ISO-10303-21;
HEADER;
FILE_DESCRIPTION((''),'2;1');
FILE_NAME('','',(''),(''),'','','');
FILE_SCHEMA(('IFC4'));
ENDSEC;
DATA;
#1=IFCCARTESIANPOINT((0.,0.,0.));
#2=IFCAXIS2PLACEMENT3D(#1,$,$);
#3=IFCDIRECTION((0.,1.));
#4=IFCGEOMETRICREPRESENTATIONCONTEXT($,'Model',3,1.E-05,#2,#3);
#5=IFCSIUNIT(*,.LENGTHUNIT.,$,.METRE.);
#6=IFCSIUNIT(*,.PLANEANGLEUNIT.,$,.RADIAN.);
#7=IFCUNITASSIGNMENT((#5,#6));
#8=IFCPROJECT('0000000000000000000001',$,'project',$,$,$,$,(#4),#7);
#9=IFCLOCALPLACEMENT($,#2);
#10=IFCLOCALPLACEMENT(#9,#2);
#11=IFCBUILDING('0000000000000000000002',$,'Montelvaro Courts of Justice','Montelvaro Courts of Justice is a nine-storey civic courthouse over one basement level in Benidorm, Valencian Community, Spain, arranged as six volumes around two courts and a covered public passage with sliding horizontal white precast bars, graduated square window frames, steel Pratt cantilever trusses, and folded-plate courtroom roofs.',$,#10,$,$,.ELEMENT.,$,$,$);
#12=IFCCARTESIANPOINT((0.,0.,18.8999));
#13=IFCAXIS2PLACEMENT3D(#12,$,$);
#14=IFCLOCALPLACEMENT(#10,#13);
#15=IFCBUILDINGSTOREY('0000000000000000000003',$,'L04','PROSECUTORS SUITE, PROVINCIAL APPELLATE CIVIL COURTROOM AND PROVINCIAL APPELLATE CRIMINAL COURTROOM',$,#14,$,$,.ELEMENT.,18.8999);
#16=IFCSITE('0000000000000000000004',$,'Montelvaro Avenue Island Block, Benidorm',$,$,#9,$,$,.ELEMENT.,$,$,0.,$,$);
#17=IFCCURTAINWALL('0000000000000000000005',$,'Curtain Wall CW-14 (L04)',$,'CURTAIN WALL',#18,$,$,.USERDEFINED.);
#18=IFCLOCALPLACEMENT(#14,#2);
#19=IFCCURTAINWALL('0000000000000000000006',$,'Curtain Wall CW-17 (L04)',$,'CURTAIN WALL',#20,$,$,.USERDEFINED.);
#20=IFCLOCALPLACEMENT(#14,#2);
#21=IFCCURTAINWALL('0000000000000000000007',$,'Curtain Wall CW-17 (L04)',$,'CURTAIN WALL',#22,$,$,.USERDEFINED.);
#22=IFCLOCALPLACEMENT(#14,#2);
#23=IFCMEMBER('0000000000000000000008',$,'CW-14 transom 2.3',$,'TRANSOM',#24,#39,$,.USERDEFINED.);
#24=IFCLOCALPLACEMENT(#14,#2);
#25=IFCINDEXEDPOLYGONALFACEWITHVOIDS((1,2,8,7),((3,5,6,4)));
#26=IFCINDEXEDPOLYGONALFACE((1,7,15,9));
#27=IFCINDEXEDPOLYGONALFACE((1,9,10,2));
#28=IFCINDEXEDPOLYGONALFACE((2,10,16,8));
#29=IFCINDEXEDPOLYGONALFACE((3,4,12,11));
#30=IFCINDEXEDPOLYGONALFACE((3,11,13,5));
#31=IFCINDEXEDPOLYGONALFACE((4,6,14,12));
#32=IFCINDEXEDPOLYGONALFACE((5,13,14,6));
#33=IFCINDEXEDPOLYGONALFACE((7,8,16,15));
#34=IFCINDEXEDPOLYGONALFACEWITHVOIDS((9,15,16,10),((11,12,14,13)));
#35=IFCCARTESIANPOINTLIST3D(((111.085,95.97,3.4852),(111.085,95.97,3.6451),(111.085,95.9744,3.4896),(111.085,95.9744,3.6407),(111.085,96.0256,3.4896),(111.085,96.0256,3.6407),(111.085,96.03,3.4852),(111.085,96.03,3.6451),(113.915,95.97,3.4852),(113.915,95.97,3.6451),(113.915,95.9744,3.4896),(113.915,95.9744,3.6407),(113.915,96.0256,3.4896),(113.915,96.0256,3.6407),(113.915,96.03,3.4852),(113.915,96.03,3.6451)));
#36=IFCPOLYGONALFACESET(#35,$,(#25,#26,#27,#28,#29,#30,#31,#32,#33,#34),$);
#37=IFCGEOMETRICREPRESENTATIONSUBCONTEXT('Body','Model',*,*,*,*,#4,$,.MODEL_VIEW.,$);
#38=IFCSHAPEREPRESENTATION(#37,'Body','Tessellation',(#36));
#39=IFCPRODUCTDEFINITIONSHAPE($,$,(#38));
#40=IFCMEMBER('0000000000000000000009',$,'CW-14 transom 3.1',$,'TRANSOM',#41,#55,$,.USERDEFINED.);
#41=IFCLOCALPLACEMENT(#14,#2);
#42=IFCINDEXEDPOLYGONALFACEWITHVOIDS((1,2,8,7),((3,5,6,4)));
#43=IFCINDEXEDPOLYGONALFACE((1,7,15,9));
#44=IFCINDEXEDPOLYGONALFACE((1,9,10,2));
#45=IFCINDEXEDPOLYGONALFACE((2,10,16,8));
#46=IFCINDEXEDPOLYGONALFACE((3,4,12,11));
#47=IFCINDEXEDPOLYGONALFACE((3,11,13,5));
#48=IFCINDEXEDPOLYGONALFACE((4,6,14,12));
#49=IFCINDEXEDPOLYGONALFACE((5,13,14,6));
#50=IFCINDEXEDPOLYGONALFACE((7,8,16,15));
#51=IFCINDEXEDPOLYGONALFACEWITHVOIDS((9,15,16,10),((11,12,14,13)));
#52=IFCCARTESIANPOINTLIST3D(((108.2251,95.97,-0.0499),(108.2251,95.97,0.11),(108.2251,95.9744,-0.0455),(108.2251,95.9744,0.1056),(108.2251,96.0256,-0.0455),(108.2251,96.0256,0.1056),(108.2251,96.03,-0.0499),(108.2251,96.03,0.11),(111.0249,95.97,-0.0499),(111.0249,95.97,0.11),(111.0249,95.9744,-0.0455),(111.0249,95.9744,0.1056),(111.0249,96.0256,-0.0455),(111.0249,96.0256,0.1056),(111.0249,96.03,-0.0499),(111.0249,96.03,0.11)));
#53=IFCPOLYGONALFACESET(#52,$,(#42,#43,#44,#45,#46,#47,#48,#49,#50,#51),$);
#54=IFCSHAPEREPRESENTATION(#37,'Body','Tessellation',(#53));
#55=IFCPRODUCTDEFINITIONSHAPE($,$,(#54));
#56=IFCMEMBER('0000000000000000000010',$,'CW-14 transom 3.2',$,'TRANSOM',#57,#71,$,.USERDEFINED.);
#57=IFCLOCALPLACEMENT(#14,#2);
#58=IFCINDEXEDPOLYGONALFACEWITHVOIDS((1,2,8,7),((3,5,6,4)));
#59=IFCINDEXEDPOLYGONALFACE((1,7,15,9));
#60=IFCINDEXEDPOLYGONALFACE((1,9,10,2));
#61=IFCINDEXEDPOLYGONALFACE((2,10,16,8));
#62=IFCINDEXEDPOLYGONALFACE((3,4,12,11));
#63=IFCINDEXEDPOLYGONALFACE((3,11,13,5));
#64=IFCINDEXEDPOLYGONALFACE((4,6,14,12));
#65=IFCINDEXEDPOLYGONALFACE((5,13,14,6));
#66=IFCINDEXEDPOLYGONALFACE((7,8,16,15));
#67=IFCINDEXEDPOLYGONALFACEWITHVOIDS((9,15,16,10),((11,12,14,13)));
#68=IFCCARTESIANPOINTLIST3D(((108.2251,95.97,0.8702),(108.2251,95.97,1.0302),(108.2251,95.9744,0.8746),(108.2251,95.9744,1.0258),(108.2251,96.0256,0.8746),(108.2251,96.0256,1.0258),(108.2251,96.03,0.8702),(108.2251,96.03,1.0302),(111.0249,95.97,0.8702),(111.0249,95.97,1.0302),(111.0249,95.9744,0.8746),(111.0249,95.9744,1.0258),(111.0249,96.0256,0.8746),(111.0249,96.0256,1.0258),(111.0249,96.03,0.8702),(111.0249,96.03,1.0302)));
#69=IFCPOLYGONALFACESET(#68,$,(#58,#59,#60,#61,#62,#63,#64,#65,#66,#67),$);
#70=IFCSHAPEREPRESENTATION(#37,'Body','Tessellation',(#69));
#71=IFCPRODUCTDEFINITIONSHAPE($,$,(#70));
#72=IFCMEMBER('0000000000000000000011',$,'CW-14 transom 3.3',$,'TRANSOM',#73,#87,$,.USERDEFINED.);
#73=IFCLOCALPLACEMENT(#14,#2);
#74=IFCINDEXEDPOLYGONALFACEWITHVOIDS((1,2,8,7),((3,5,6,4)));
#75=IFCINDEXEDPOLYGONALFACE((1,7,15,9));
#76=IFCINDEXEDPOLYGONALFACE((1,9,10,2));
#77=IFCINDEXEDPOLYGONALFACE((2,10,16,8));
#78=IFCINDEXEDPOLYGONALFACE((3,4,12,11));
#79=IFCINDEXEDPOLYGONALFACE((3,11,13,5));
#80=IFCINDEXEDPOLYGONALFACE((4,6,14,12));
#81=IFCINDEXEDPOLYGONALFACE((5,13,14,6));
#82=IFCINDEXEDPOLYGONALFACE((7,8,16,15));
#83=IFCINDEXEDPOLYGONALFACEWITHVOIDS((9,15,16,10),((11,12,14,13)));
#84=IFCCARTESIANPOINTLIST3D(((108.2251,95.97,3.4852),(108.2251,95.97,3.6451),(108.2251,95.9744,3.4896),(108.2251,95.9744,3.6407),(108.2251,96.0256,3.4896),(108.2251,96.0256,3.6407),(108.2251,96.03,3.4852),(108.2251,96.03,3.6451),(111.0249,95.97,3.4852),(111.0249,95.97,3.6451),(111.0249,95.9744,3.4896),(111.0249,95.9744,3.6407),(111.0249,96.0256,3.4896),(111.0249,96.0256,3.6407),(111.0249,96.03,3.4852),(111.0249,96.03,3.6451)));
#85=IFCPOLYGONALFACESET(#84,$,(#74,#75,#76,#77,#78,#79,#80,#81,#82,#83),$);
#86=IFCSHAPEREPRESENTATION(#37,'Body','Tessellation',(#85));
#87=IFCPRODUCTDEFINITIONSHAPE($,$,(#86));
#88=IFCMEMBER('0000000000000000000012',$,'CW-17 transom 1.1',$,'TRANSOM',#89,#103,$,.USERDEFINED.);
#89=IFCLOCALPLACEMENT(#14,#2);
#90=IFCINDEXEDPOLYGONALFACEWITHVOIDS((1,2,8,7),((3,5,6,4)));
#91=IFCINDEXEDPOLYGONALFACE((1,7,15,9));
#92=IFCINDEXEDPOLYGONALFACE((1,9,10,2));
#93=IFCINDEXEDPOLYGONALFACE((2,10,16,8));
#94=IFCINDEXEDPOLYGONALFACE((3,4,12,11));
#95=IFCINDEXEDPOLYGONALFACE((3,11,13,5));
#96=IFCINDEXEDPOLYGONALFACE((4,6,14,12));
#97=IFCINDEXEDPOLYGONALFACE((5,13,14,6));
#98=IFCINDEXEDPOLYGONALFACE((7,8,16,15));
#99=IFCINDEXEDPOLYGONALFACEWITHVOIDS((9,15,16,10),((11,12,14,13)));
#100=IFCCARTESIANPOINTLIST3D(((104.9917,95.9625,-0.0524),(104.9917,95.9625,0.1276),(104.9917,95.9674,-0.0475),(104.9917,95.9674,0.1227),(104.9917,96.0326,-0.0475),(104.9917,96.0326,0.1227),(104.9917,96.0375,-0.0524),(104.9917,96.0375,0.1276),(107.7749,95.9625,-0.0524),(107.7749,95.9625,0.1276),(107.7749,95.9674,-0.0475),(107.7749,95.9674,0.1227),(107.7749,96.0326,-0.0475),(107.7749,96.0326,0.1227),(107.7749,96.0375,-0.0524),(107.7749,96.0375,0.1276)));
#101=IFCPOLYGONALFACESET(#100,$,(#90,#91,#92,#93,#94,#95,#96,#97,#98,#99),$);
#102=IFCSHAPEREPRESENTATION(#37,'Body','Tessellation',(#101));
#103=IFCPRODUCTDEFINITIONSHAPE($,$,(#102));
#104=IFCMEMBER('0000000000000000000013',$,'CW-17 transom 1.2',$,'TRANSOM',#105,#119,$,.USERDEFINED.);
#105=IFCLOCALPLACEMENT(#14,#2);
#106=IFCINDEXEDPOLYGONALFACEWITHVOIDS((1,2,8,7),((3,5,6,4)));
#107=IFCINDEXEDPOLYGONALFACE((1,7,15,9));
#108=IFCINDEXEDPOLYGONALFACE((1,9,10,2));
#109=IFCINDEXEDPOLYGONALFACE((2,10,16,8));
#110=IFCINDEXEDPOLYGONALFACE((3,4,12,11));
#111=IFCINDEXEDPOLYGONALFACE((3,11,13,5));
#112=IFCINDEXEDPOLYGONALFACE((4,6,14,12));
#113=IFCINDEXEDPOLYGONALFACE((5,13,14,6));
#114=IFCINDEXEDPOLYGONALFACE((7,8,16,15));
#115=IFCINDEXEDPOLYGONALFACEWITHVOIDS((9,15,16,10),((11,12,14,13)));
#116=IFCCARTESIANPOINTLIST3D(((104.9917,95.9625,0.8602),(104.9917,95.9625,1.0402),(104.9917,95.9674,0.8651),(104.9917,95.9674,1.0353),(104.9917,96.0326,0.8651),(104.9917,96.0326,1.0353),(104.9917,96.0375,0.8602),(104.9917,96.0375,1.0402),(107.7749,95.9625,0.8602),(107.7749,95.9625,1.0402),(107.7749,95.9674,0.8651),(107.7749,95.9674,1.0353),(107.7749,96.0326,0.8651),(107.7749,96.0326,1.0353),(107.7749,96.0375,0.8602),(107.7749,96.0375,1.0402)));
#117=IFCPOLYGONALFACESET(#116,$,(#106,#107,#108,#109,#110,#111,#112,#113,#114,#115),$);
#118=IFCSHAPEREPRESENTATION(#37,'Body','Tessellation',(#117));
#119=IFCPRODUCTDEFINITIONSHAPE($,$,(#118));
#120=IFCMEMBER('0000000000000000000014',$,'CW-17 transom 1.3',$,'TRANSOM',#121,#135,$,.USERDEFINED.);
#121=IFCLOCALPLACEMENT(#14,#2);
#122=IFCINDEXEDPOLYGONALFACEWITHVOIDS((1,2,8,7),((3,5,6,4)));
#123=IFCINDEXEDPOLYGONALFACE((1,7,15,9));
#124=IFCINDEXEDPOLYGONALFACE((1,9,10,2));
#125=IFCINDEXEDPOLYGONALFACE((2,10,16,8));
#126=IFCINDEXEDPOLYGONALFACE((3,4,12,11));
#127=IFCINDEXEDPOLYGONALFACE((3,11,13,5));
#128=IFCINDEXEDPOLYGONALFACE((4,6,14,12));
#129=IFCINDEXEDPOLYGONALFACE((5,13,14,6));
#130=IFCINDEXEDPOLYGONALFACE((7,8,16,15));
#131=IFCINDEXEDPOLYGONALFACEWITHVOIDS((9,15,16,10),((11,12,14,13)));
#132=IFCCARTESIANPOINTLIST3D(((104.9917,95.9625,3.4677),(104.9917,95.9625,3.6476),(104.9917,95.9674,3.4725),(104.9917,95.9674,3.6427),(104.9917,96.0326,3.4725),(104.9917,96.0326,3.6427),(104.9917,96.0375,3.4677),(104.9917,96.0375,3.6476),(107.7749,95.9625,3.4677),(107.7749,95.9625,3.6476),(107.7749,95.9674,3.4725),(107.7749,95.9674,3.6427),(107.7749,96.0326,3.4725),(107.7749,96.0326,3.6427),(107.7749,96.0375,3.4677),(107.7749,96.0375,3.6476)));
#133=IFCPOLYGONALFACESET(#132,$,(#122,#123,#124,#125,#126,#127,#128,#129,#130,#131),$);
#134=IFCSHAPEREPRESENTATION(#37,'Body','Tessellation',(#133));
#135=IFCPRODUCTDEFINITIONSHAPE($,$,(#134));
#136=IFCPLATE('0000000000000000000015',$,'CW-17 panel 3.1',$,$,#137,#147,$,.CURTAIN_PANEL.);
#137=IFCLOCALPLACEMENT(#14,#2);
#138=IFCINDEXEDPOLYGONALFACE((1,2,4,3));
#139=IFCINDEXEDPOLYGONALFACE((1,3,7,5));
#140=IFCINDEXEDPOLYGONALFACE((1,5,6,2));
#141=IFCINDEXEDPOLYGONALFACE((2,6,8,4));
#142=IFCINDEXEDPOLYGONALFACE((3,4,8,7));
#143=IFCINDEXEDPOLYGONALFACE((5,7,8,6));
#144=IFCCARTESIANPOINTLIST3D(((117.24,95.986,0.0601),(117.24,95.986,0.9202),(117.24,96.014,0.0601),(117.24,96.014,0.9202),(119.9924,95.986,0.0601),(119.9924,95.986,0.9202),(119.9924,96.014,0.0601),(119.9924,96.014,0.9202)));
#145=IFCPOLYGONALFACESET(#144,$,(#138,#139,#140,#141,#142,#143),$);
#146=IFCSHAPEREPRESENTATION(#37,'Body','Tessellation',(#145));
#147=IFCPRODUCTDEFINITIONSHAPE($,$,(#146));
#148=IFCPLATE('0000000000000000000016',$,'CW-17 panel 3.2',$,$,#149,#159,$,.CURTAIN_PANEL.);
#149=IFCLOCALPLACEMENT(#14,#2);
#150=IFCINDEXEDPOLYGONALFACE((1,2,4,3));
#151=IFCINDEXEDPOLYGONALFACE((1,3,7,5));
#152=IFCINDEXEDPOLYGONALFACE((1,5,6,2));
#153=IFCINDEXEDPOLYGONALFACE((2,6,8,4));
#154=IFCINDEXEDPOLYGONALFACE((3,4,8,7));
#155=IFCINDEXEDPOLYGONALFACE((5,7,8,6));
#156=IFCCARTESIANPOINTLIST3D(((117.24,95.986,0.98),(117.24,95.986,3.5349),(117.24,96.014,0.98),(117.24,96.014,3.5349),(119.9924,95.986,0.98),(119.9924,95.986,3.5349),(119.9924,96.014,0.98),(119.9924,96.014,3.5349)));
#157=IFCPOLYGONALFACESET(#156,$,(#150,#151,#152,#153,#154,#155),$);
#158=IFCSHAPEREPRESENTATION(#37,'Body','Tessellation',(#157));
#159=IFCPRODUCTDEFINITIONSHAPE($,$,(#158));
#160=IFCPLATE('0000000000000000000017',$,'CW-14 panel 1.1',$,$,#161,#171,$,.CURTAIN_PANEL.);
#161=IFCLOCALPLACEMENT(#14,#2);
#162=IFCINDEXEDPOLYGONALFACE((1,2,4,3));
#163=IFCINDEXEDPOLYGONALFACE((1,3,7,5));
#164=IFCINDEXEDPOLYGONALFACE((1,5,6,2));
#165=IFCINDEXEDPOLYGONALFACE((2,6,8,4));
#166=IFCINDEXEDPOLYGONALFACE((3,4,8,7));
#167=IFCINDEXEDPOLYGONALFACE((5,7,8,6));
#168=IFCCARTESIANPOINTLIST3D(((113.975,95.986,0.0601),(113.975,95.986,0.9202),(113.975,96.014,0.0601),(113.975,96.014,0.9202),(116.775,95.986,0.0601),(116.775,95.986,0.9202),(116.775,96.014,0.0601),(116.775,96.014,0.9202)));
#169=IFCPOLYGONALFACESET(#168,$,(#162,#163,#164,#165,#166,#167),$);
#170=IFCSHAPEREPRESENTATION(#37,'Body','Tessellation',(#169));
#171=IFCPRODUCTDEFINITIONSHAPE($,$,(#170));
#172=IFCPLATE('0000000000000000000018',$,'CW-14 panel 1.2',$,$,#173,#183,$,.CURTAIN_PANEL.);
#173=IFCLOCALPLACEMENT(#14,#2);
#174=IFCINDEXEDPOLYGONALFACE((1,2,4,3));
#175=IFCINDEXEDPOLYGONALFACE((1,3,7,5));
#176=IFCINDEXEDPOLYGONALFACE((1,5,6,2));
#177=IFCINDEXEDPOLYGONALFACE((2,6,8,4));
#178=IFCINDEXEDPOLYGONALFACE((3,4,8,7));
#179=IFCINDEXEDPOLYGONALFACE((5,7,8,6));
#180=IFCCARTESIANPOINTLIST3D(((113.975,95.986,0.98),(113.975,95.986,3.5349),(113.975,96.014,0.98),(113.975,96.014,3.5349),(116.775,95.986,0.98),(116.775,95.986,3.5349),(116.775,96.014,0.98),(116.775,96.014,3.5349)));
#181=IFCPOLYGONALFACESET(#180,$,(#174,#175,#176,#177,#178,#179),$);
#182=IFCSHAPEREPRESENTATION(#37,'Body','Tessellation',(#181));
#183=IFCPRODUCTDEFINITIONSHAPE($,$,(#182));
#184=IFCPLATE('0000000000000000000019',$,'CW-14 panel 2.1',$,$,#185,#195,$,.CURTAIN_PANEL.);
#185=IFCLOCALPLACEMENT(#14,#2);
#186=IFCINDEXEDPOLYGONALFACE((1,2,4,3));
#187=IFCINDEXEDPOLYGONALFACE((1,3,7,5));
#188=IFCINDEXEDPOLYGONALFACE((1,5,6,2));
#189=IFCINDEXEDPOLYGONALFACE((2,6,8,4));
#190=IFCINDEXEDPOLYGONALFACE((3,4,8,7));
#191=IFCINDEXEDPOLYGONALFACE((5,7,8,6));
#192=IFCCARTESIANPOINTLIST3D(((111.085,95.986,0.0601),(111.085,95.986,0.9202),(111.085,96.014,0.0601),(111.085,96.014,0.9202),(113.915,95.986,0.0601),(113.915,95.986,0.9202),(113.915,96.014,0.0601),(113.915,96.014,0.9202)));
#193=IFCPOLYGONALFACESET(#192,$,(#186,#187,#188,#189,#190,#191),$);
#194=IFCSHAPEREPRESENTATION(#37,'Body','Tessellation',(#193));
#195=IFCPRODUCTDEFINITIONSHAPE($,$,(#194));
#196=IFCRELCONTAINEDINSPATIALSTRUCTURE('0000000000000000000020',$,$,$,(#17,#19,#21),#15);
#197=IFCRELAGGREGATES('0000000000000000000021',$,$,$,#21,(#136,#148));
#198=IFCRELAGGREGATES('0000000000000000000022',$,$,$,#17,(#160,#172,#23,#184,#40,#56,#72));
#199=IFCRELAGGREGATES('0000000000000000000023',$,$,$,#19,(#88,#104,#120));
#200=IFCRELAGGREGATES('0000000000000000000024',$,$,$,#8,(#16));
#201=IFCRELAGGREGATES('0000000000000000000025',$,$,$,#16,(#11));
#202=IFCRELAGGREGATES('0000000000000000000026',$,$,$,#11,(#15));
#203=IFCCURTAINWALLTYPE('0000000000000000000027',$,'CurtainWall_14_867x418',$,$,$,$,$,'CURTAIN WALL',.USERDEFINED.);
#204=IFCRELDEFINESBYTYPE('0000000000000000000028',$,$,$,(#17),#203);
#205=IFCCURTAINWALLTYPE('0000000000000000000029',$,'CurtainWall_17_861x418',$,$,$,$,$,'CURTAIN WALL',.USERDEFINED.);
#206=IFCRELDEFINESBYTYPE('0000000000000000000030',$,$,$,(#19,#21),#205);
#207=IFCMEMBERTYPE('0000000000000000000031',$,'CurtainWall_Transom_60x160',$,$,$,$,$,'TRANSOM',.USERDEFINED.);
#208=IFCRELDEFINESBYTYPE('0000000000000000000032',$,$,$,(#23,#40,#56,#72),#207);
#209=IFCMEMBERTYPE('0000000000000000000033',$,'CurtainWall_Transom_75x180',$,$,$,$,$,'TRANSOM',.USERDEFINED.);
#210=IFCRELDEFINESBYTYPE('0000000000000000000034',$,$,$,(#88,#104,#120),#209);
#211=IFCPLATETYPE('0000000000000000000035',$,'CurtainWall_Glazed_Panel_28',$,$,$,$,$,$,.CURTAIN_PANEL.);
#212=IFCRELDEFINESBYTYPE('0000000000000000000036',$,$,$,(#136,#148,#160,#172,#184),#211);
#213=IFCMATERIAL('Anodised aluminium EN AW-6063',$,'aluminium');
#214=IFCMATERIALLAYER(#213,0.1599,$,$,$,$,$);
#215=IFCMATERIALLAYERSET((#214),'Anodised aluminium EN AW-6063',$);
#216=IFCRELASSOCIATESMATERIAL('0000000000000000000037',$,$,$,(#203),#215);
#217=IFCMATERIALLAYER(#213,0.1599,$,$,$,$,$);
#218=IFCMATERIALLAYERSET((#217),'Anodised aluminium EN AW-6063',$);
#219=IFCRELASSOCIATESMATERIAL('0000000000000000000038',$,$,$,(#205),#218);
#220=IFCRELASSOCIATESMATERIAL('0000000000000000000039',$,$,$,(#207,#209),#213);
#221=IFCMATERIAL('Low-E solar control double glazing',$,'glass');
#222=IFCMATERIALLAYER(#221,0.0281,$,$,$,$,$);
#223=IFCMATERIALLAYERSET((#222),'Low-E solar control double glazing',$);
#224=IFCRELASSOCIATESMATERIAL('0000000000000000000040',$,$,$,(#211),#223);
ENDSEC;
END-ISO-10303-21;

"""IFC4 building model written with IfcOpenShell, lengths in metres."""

from ifc_helpers import new_model, si_unit, direction, frame, origin, origin_2d, place, context, subcontext, project, spatial, rectangle, hollow_rectangle, extrude, material, layer, layer_set, material_profile, profile_set, type_object, element, aggregate, save


model = new_model("IFC4")

# Units and contexts
model_context = context("Model", 3, precision=1e-05, world=origin(), true_north=direction((0.0, 1.0)))
body_context = subcontext(model_context, "Body", "Model", "MODEL_VIEW")
ifc_project = project(units=[si_unit("LENGTHUNIT", "METRE"), si_unit("PLANEANGLEUNIT", "RADIAN")], contexts=[model_context])

# Site, building, storey
site_placement = place(None, origin())
site = spatial("IfcSite", under=ifc_project, at=site_placement, Name="Montelvaro Avenue Island Block, Benidorm", CompositionType="ELEMENT", RefElevation=0.0)
building_placement = place(site_placement, origin())
building = spatial("IfcBuilding", under=site, at=building_placement, Name="Montelvaro Courts of Justice", Description="Montelvaro Courts of Justice is a nine-storey civic courthouse over one basement level in Benidorm, Valencian Community, Spain, arranged as six volumes around two courts and a covered public passage with sliding horizontal white precast bars, graduated square window frames, steel Pratt cantilever trusses, and folded-plate courtroom roofs.", CompositionType="ELEMENT")
storey_placement = place(building_placement, frame((0.0, 0.0, 18.8999)))
storey = spatial("IfcBuildingStorey", under=building, at=storey_placement, Name="L04", Description="PROSECUTORS SUITE, PROVINCIAL APPELLATE CIVIL COURTROOM AND PROVINCIAL APPELLATE CRIMINAL COURTROOM", CompositionType="ELEMENT", Elevation=18.8999)

# Curtain wall
ifc_material_1 = material(Name="Anodised aluminium EN AW-6063", Category="aluminium")
ifc_layer_1 = layer(ifc_material_1, 0.1599)
ifc_layer_set_1 = layer_set([ifc_layer_1], Name="Anodised aluminium EN AW-6063")
curtain_wall_type_1 = type_object("IfcCurtainWallType", Name="CurtainWall_14_867x418", ElementType="CURTAIN WALL", PredefinedType="USERDEFINED", material=ifc_layer_set_1)
curtain_wall_1_placement = place(storey_placement, origin())
curtain_wall_1 = element("IfcCurtainWall", 1, at=curtain_wall_1_placement, inside=storey, type_object=curtain_wall_type_1, Name="Curtain Wall CW-14 (L04)", ObjectType="CURTAIN WALL", PredefinedType="USERDEFINED")

# Curtain wall
ifc_layer_2 = layer(ifc_material_1, 0.1599)
ifc_layer_set_2 = layer_set([ifc_layer_2], Name="Anodised aluminium EN AW-6063")
curtain_wall_type_2 = type_object("IfcCurtainWallType", Name="CurtainWall_17_861x418", ElementType="CURTAIN WALL", PredefinedType="USERDEFINED", material=ifc_layer_set_2)
curtain_wall_2_placement = place(storey_placement, origin())
curtain_wall_2 = element("IfcCurtainWall", 2, at=curtain_wall_2_placement, inside=storey, type_object=curtain_wall_type_2, Name="Curtain Wall CW-17 (L04)", ObjectType="CURTAIN WALL", PredefinedType="USERDEFINED")

# Curtain wall
curtain_wall_3_placement = place(storey_placement, origin())
curtain_wall_3 = element("IfcCurtainWall", 3, at=curtain_wall_3_placement, inside=storey, type_object=curtain_wall_type_2, Name="Curtain Wall CW-17 (L04)", ObjectType="CURTAIN WALL", PredefinedType="USERDEFINED")

# Members
ifc_material_profile_1 = material_profile(ifc_material_1, hollow_rectangle(XDim=0.0601, YDim=0.1599, WallThickness=0.0044, at=origin_2d()), Name="ALU-T 60x160")
ifc_profile_set_1 = profile_set([ifc_material_profile_1], Name="Anodised aluminium EN AW-6063")
member_type_1 = type_object("IfcMemberType", Name="CurtainWall_Transom_60x160", ElementType="TRANSOM", PredefinedType="USERDEFINED", material=ifc_profile_set_1)
member_1_placement = place(storey_placement, frame((113.915, 96.0, 3.5652), z_axis=(-1.0, 0.0, 0.0), x_axis=(0.0, -1.0, 0.0)))
member_1 = element("IfcMember", 4, at=member_1_placement, type_object=member_type_1, Name="CW-14 transom 2.3", ObjectType="TRANSOM", PredefinedType="USERDEFINED", context=body_context, shape_type="SweptSolid", body=[
    extrude(hollow_rectangle(XDim=0.0601, YDim=0.1599, WallThickness=0.0044, at=origin_2d()), origin(), (0.0, 0.0, 1.0), 2.8301),
])
member_2_placement = place(storey_placement, frame((111.0249, 96.0, 0.03), z_axis=(-1.0, 0.0, 0.0), x_axis=(0.0, -1.0, 0.0)))
member_2 = element("IfcMember", 5, at=member_2_placement, type_object=member_type_1, Name="CW-14 transom 3.1", ObjectType="TRANSOM", PredefinedType="USERDEFINED", context=body_context, shape_type="SweptSolid", body=[
    extrude(hollow_rectangle(XDim=0.0601, YDim=0.1599, WallThickness=0.0044, at=origin_2d()), origin(), (0.0, 0.0, 1.0), 2.7998),
])
member_3_placement = place(storey_placement, frame((111.0249, 96.0, 0.9502), z_axis=(-1.0, 0.0, 0.0), x_axis=(0.0, -1.0, 0.0)))
member_3 = element("IfcMember", 6, at=member_3_placement, type_object=member_type_1, Name="CW-14 transom 3.2", ObjectType="TRANSOM", PredefinedType="USERDEFINED", context=body_context, shape_type="SweptSolid", body=[
    extrude(hollow_rectangle(XDim=0.0601, YDim=0.1599, WallThickness=0.0044, at=origin_2d()), origin(), (0.0, 0.0, 1.0), 2.7998),
])
member_4_placement = place(storey_placement, frame((111.0249, 96.0, 3.5652), z_axis=(-1.0, 0.0, 0.0), x_axis=(0.0, -1.0, 0.0)))
member_4 = element("IfcMember", 7, at=member_4_placement, type_object=member_type_1, Name="CW-14 transom 3.3", ObjectType="TRANSOM", PredefinedType="USERDEFINED", context=body_context, shape_type="SweptSolid", body=[
    extrude(hollow_rectangle(XDim=0.0601, YDim=0.1599, WallThickness=0.0044, at=origin_2d()), origin(), (0.0, 0.0, 1.0), 2.7998),
])
ifc_material_profile_2 = material_profile(ifc_material_1, hollow_rectangle(XDim=0.075, YDim=0.1799, WallThickness=0.0049, at=origin_2d()), Name="ALU-T 75x180")
ifc_profile_set_2 = profile_set([ifc_material_profile_2], Name="Anodised aluminium EN AW-6063")
member_type_2 = type_object("IfcMemberType", Name="CurtainWall_Transom_75x180", ElementType="TRANSOM", PredefinedType="USERDEFINED", material=ifc_profile_set_2)
member_5_placement = place(storey_placement, frame((107.7749, 96.0, 0.0376), z_axis=(-1.0, 0.0, 0.0), x_axis=(0.0, -1.0, 0.0)))
member_5 = element("IfcMember", 8, at=member_5_placement, type_object=member_type_2, Name="CW-17 transom 1.1", ObjectType="TRANSOM", PredefinedType="USERDEFINED", context=body_context, shape_type="SweptSolid", body=[
    extrude(hollow_rectangle(XDim=0.075, YDim=0.1799, WallThickness=0.0049, at=origin_2d()), origin(), (0.0, 0.0, 1.0), 2.7832),
])
member_6_placement = place(storey_placement, frame((107.7749, 96.0, 0.9502), z_axis=(-1.0, 0.0, 0.0), x_axis=(0.0, -1.0, 0.0)))
member_6 = element("IfcMember", 9, at=member_6_placement, type_object=member_type_2, Name="CW-17 transom 1.2", ObjectType="TRANSOM", PredefinedType="USERDEFINED", context=body_context, shape_type="SweptSolid", body=[
    extrude(hollow_rectangle(XDim=0.075, YDim=0.1799, WallThickness=0.0049, at=origin_2d()), origin(), (0.0, 0.0, 1.0), 2.7832),
])
member_7_placement = place(storey_placement, frame((107.7749, 96.0, 3.5576), z_axis=(-1.0, 0.0, 0.0), x_axis=(0.0, -1.0, 0.0)))
member_7 = element("IfcMember", 10, at=member_7_placement, type_object=member_type_2, Name="CW-17 transom 1.3", ObjectType="TRANSOM", PredefinedType="USERDEFINED", context=body_context, shape_type="SweptSolid", body=[
    extrude(hollow_rectangle(XDim=0.075, YDim=0.1799, WallThickness=0.0049, at=origin_2d()), origin(), (0.0, 0.0, 1.0), 2.7832),
])

# Plates
ifc_material_2 = material(Name="Low-E solar control double glazing", Category="glass")
ifc_layer_3 = layer(ifc_material_2, 0.0281)
ifc_layer_set_3 = layer_set([ifc_layer_3], Name="Low-E solar control double glazing")
plate_type = type_object("IfcPlateType", Name="CurtainWall_Glazed_Panel_28", PredefinedType="CURTAIN_PANEL", material=ifc_layer_set_3)
plate_1_placement = place(storey_placement, frame((118.6162, 96.0, 0.0601), z_axis=(0.0, 0.0, 1.0), x_axis=(-1.0, 0.0, 0.0)))
plate_1 = element("IfcPlate", 11, at=plate_1_placement, type_object=plate_type, Name="CW-17 panel 3.1", PredefinedType="CURTAIN_PANEL", context=body_context, shape_type="SweptSolid", body=[
    extrude(rectangle(XDim=2.7524, YDim=0.0281, at=origin_2d()), origin(), (0.0, 0.0, 1.0), 0.8601),
])
plate_2_placement = place(storey_placement, frame((118.6162, 96.0, 0.98), z_axis=(0.0, 0.0, 1.0), x_axis=(-1.0, 0.0, 0.0)))
plate_2 = element("IfcPlate", 12, at=plate_2_placement, type_object=plate_type, Name="CW-17 panel 3.2", PredefinedType="CURTAIN_PANEL", context=body_context, shape_type="SweptSolid", body=[
    extrude(rectangle(XDim=2.7524, YDim=0.0281, at=origin_2d()), origin(), (0.0, 0.0, 1.0), 2.5549),
])
aggregate(curtain_wall_3, [plate_1, plate_2])
plate_3_placement = place(storey_placement, frame((115.375, 96.0, 0.0601), z_axis=(0.0, 0.0, 1.0), x_axis=(-1.0, 0.0, 0.0)))
plate_3 = element("IfcPlate", 13, at=plate_3_placement, type_object=plate_type, Name="CW-14 panel 1.1", PredefinedType="CURTAIN_PANEL", context=body_context, shape_type="SweptSolid", body=[
    extrude(rectangle(XDim=2.8, YDim=0.0281, at=origin_2d()), origin(), (0.0, 0.0, 1.0), 0.8601),
])
plate_4_placement = place(storey_placement, frame((115.375, 96.0, 0.98), z_axis=(0.0, 0.0, 1.0), x_axis=(-1.0, 0.0, 0.0)))
plate_4 = element("IfcPlate", 14, at=plate_4_placement, type_object=plate_type, Name="CW-14 panel 1.2", PredefinedType="CURTAIN_PANEL", context=body_context, shape_type="SweptSolid", body=[
    extrude(rectangle(XDim=2.8, YDim=0.0281, at=origin_2d()), origin(), (0.0, 0.0, 1.0), 2.5549),
])
plate_5_placement = place(storey_placement, frame((112.5, 96.0, 0.0601), z_axis=(0.0, 0.0, 1.0), x_axis=(-1.0, 0.0, 0.0)))
plate_5 = element("IfcPlate", 15, at=plate_5_placement, type_object=plate_type, Name="CW-14 panel 2.1", PredefinedType="CURTAIN_PANEL", context=body_context, shape_type="SweptSolid", body=[
    extrude(rectangle(XDim=2.8301, YDim=0.0281, at=origin_2d()), origin(), (0.0, 0.0, 1.0), 0.8601),
])
aggregate(curtain_wall_1, [plate_3, plate_4, member_1, plate_5, member_2, member_3, member_4])
aggregate(curtain_wall_2, [member_5, member_6, member_7])

save(model, "model.ifc")
